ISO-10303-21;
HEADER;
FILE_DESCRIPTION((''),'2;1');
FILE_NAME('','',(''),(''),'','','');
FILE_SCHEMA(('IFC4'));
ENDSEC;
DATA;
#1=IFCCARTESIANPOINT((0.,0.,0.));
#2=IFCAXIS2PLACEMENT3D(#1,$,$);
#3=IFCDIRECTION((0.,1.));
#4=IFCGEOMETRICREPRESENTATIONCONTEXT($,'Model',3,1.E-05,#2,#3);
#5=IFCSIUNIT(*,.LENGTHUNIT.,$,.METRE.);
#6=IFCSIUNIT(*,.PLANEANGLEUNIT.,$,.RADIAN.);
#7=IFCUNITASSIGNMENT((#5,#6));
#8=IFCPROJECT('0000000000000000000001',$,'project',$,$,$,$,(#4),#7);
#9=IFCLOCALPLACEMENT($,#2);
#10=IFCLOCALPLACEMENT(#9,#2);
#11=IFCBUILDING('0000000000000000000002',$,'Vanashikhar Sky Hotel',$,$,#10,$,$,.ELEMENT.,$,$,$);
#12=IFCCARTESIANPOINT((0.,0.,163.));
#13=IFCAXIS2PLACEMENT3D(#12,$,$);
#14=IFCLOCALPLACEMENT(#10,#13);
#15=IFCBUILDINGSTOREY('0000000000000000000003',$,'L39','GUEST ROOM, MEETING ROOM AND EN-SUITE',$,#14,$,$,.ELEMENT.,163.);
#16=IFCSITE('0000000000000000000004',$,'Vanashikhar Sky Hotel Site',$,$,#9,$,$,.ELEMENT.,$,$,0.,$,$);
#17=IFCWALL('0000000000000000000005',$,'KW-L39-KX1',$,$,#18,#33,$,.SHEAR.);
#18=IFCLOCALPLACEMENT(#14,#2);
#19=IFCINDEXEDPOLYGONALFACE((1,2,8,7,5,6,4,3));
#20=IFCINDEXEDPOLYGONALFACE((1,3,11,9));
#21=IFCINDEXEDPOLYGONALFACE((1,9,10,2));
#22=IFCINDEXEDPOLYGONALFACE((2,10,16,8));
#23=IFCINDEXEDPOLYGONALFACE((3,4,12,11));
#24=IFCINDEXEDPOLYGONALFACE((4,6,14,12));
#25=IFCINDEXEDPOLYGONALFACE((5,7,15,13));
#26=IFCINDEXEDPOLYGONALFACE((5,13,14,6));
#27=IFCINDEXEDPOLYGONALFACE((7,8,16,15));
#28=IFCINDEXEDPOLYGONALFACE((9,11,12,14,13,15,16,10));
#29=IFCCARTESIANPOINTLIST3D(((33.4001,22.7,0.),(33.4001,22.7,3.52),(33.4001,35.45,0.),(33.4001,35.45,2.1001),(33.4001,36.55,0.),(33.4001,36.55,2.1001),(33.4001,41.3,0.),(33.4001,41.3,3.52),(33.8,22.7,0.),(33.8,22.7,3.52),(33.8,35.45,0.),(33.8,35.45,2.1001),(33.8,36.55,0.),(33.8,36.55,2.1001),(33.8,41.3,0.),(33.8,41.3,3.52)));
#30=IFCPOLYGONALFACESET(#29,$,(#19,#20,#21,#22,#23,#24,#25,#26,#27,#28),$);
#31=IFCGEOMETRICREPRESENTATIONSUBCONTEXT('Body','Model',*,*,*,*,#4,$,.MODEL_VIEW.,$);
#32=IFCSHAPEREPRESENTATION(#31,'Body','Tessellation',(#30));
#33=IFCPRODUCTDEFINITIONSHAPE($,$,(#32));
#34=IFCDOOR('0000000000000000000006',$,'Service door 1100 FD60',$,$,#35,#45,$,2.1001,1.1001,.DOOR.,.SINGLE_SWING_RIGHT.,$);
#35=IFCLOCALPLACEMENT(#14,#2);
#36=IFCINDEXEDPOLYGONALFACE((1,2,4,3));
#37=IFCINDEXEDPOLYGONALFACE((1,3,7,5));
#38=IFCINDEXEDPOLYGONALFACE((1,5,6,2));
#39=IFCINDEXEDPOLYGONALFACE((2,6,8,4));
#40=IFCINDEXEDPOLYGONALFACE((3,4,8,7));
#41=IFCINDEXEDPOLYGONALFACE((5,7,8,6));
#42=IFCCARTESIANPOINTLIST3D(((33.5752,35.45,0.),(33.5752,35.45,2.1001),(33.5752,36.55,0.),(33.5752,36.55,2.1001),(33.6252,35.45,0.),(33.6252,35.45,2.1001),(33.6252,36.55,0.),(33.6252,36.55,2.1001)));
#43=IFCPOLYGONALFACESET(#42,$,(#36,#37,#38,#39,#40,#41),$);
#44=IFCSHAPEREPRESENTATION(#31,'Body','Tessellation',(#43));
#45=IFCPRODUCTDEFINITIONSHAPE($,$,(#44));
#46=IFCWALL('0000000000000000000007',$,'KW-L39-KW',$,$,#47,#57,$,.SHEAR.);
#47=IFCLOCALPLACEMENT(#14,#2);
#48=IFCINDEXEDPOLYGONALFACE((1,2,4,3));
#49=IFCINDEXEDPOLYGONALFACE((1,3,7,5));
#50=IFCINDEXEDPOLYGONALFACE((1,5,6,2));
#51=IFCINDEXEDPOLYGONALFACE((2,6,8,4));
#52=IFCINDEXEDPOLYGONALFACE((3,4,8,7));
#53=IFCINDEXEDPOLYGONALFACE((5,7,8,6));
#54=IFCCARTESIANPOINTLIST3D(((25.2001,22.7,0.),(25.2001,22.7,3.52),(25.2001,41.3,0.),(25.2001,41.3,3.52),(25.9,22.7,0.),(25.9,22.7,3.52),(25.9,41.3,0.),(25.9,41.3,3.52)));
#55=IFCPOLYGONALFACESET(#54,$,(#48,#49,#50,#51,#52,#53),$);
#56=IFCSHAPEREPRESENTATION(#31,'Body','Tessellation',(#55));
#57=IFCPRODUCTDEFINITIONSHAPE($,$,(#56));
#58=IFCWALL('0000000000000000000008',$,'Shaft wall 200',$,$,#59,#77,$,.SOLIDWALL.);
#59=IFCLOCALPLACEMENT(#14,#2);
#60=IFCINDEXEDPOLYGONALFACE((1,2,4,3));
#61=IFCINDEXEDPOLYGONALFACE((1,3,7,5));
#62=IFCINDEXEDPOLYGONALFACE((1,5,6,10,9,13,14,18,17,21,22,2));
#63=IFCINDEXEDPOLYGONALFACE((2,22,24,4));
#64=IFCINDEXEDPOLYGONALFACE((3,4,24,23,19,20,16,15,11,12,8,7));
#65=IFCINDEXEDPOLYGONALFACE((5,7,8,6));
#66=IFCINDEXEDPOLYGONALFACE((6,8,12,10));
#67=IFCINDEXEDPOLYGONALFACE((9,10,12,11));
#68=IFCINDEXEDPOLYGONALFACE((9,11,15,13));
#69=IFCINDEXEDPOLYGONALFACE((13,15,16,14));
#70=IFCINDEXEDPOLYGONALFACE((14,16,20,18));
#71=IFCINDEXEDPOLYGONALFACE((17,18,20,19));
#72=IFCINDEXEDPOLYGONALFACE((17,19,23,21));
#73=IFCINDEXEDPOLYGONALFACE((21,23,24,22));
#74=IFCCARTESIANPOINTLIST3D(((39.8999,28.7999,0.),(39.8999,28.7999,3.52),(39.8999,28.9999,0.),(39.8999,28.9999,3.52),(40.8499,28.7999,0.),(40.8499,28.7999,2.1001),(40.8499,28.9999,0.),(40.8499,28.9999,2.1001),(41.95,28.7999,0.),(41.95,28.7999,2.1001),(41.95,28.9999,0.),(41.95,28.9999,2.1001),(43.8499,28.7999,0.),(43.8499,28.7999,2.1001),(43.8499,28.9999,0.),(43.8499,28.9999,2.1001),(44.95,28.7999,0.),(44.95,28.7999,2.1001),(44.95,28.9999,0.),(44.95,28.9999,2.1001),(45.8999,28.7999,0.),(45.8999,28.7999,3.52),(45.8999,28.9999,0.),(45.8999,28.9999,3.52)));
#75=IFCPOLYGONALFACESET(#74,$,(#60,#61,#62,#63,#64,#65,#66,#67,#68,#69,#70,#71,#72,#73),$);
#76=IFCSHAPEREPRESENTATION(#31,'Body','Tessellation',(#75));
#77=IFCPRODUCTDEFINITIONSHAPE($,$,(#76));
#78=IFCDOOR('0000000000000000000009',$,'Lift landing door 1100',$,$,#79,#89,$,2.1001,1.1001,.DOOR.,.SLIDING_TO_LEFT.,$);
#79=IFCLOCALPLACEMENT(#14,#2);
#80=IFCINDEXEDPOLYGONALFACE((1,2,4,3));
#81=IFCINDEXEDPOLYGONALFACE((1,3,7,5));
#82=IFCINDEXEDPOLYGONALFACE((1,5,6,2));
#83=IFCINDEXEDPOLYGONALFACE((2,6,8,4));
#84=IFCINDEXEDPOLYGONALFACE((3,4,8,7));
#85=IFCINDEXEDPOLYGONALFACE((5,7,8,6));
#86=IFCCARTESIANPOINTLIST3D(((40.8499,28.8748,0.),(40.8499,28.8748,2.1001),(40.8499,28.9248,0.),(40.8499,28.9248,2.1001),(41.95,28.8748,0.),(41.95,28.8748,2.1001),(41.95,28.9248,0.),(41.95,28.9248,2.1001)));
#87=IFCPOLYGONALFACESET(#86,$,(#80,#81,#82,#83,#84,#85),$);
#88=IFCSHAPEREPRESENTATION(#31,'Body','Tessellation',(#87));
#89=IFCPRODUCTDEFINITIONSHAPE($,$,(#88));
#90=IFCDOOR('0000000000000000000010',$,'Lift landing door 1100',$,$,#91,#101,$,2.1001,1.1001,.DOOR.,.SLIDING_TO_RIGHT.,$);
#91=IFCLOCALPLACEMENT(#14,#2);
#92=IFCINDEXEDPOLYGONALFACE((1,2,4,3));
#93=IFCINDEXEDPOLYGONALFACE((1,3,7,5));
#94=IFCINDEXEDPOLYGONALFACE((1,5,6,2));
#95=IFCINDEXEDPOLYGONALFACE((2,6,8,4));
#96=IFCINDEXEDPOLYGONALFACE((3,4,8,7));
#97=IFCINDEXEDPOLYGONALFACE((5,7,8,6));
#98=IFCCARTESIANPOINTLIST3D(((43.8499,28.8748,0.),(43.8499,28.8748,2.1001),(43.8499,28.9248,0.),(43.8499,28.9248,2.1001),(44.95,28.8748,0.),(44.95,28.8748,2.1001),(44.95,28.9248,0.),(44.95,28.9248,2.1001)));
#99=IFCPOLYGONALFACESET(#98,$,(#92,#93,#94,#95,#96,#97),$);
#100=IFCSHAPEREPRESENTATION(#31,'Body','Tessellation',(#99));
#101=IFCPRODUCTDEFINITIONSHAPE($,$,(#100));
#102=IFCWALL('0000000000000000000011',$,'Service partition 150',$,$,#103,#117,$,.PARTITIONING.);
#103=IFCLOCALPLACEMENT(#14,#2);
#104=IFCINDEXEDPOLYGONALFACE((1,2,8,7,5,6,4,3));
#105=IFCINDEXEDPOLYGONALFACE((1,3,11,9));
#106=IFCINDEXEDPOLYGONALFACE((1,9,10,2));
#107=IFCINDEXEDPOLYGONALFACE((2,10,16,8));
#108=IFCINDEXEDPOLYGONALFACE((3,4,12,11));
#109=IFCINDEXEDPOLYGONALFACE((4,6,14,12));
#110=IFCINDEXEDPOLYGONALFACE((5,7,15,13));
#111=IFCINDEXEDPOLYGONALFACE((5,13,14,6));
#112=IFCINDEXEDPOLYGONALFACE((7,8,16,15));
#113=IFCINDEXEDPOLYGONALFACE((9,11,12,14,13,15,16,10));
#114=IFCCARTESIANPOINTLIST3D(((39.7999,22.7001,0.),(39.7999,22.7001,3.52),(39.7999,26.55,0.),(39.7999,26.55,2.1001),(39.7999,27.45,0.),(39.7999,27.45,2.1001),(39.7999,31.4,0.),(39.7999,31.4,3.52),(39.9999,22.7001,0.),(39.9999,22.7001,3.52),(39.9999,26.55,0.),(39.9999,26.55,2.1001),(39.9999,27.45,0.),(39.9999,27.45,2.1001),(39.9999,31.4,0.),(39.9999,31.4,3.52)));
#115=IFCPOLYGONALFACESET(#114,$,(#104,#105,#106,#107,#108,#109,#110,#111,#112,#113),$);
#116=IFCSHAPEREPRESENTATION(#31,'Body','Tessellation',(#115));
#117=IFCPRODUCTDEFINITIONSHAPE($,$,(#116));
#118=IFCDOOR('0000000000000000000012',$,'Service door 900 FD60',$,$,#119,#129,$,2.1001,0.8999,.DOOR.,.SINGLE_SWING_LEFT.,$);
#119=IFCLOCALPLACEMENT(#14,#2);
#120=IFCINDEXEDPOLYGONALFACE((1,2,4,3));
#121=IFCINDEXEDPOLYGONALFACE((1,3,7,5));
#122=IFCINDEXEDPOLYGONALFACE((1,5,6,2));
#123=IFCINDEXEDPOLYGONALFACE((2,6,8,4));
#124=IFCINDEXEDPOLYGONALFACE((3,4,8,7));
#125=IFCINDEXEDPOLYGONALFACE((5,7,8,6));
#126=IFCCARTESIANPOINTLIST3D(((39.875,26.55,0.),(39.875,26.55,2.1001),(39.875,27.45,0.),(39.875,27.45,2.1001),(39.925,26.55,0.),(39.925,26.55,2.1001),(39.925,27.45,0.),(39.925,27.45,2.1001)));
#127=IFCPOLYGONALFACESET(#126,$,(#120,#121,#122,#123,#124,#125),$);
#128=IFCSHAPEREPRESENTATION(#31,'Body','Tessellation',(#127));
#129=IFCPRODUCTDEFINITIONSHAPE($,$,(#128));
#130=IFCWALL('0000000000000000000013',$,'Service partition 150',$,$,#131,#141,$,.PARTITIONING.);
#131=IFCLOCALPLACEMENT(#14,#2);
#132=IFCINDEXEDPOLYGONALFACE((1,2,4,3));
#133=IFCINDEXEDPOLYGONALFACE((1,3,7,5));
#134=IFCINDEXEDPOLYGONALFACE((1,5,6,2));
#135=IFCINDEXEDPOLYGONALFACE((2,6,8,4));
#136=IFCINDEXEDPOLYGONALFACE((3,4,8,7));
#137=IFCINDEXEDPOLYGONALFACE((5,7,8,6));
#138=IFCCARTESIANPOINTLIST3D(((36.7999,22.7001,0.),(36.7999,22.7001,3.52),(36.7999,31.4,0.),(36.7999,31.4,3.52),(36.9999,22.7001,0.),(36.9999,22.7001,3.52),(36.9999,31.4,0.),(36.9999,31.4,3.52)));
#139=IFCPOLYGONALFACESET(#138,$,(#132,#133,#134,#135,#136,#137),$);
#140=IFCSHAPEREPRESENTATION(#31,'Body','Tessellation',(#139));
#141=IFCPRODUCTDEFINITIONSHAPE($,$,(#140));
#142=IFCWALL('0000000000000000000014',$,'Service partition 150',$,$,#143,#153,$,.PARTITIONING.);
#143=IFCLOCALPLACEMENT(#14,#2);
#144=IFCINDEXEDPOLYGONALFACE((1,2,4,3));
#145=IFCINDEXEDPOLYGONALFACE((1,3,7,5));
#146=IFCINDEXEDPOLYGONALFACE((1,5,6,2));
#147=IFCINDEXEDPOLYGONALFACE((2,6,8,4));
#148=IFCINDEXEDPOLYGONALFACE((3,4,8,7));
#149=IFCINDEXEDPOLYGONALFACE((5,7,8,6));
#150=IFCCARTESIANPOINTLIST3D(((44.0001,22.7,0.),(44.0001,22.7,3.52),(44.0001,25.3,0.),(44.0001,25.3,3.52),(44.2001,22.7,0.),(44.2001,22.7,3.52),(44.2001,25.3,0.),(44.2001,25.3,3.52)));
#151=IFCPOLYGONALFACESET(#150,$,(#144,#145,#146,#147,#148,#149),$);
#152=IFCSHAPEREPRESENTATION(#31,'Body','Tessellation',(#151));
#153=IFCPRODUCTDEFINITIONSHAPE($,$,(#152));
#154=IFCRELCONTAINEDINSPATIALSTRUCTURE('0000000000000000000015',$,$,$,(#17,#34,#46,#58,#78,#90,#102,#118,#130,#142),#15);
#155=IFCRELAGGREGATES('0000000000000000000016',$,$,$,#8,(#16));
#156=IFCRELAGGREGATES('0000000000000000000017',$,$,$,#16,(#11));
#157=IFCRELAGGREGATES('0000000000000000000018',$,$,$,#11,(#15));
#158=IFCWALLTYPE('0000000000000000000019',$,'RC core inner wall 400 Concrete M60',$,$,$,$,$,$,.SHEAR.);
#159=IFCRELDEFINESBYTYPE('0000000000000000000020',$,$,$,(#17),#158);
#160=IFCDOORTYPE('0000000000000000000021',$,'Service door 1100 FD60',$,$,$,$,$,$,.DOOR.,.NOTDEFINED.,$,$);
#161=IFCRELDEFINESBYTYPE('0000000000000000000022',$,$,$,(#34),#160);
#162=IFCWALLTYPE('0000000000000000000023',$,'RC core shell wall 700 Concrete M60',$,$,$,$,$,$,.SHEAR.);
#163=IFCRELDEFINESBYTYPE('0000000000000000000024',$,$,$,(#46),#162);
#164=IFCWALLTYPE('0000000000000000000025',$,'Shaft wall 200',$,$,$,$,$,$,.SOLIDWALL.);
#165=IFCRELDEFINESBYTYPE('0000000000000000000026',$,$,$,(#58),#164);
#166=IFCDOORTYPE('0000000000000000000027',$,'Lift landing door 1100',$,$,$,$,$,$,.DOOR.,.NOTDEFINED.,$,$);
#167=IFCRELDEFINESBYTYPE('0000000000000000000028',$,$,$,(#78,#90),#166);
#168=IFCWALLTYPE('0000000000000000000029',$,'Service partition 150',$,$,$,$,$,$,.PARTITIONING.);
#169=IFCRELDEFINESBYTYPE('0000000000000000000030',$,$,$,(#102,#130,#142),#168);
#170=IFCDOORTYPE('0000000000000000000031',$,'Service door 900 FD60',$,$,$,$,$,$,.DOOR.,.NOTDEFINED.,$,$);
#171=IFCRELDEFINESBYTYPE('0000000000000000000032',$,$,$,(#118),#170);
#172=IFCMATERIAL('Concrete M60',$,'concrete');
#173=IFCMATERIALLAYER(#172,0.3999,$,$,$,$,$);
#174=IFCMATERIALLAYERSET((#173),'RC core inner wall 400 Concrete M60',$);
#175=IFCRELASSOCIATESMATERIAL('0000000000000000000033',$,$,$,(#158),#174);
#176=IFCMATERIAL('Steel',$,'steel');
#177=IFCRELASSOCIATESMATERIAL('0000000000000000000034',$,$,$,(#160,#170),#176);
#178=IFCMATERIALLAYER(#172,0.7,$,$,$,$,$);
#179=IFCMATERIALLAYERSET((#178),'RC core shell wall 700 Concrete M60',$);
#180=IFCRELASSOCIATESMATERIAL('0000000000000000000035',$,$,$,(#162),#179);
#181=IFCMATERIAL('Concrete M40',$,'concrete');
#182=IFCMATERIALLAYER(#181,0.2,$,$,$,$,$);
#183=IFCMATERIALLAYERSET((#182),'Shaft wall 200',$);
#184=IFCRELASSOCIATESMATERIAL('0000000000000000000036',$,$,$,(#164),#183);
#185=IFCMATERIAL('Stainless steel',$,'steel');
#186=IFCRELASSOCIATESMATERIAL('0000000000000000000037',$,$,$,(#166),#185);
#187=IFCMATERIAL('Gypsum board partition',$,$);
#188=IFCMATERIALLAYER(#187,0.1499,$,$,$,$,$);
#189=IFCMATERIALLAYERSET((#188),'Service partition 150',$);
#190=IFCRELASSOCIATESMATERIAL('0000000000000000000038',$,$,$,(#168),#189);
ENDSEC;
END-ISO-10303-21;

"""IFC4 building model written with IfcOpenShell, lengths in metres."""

from ifc_helpers import new_model, si_unit, direction, frame, frame_2d, origin, place, context, subcontext, project, spatial, rectangle, extrude, source, transform, mapped, material, layer, layer_set, type_object, element, fill, save


model = new_model("IFC4")

# Units and contexts
model_context = context("Model", 3, precision=1e-05, world=origin(), true_north=direction((0.0, 1.0)))
body_context = subcontext(model_context, "Body", "Model", "MODEL_VIEW")
ifc_project = project(units=[si_unit("LENGTHUNIT", "METRE"), si_unit("PLANEANGLEUNIT", "RADIAN")], contexts=[model_context])

# Site, building, storey
site_placement = place(None, origin())
site = spatial("IfcSite", under=ifc_project, at=site_placement, Name="Vanashikhar Sky Hotel Site", CompositionType="ELEMENT", RefElevation=0.0)
building_placement = place(site_placement, origin())
building = spatial("IfcBuilding", under=site, at=building_placement, Name="Vanashikhar Sky Hotel", CompositionType="ELEMENT")
storey_placement = place(building_placement, frame((0.0, 0.0, 163.0)))
storey = spatial("IfcBuildingStorey", under=building, at=storey_placement, Name="L39", Description="GUEST ROOM, MEETING ROOM AND EN-SUITE", CompositionType="ELEMENT", Elevation=163.0)

# Wall, opening, door
ifc_material_1 = material(Name="Concrete M60", Category="concrete")
ifc_layer_1 = layer(ifc_material_1, 0.3999)
ifc_layer_set_1 = layer_set([ifc_layer_1], Name="RC core inner wall 400 Concrete M60")
wall_type_1 = type_object("IfcWallType", Name="RC core inner wall 400 Concrete M60", PredefinedType="SHEAR", material=ifc_layer_set_1)
shared_shape_1 = source(origin(), body_context, "Body", "SweptSolid", [
    extrude(rectangle(XDim=18.6001, YDim=0.3999, at=frame_2d((9.3, 0.0))), origin(), (0.0, 0.0, 1.0), 3.52),
])
wall_1_placement = place(storey_placement, frame((33.6001, 22.7, 0.0), z_axis=(0.0, 0.0, 1.0), x_axis=(0.0, 1.0, 0.0)))
wall_1 = element("IfcWall", 1, at=wall_1_placement, inside=storey, type_object=wall_type_1, Name="KW-L39-KX1", PredefinedType="SHEAR", context=body_context, shape_type="MappedRepresentation", body=[
    mapped(shared_shape_1, transform((0.0, 0.0, 0.0), scale=1.0)),
])
shared_shape_2 = source(origin(), body_context, "Body", "SweptSolid", [
    extrude(rectangle(XDim=1.1001, YDim=2.1001, at=frame_2d((0.55, 1.05))), frame((0.0, 0.21, 0.0), z_axis=(0.0, -1.0, 0.0), x_axis=(1.0, 0.0, 0.0)), (0.0, 0.0, 1.0), 0.4199),
])
opening_1_placement = place(wall_1_placement, frame((12.75, 0.0, 0.0)))
opening_1 = element("IfcOpeningElement", 2, at=opening_1_placement, cuts=wall_1, PredefinedType="OPENING", context=body_context, shape_type="MappedRepresentation", body=[
    mapped(shared_shape_2, transform((0.0, 0.0, 0.0), scale=1.0)),
])
ifc_material_2 = material(Name="Steel", Category="steel")
door_type_1 = type_object("IfcDoorType", Name="Service door 1100 FD60", OperationType="NOTDEFINED", PredefinedType="DOOR", material=ifc_material_2)
shared_shape_3 = source(origin(), body_context, "Body", "SweptSolid", [
    extrude(rectangle(XDim=1.1001, YDim=2.1001, at=frame_2d((0.55, 1.05))), frame((0.0, 0.0249, 0.0), z_axis=(0.0, -1.0, 0.0), x_axis=(1.0, 0.0, 0.0)), (0.0, 0.0, 1.0), 0.05),
])
door_1_placement = place(opening_1_placement, origin())
door_1 = element("IfcDoor", 3, at=door_1_placement, inside=storey, type_object=door_type_1, Name="Service door 1100 FD60", OperationType="SINGLE_SWING_RIGHT", OverallHeight=2.1001, OverallWidth=1.1001, PredefinedType="DOOR", context=body_context, shape_type="MappedRepresentation", body=[
    mapped(shared_shape_3, transform((0.0, 0.0, 0.0), scale=1.0)),
])
fill(opening_1, door_1)

# Wall
ifc_layer_2 = layer(ifc_material_1, 0.7)
ifc_layer_set_2 = layer_set([ifc_layer_2], Name="RC core shell wall 700 Concrete M60")
wall_type_2 = type_object("IfcWallType", Name="RC core shell wall 700 Concrete M60", PredefinedType="SHEAR", material=ifc_layer_set_2)
shared_shape_4 = source(origin(), body_context, "Body", "SweptSolid", [
    extrude(rectangle(XDim=18.6001, YDim=0.7, at=frame_2d((9.3, 0.0))), origin(), (0.0, 0.0, 1.0), 3.52),
])
wall_2_placement = place(storey_placement, frame((25.55, 22.7, 0.0), z_axis=(0.0, 0.0, 1.0), x_axis=(0.0, 1.0, 0.0)))
element("IfcWall", 4, at=wall_2_placement, inside=storey, type_object=wall_type_2, Name="KW-L39-KW", PredefinedType="SHEAR", context=body_context, shape_type="MappedRepresentation", body=[
    mapped(shared_shape_4, transform((0.0, 0.0, 0.0), scale=1.0)),
])

# Wall, openings, doors
ifc_material_3 = material(Name="Concrete M40", Category="concrete")
ifc_layer_3 = layer(ifc_material_3, 0.2)
ifc_layer_set_3 = layer_set([ifc_layer_3], Name="Shaft wall 200")
wall_type_3 = type_object("IfcWallType", Name="Shaft wall 200", PredefinedType="SOLIDWALL", material=ifc_layer_set_3)
shared_shape_5 = source(origin(), body_context, "Body", "SweptSolid", [
    extrude(rectangle(XDim=6.0, YDim=0.2, at=frame_2d((3.0, 0.0))), origin(), (0.0, 0.0, 1.0), 3.52),
])
wall_3_placement = place(storey_placement, frame((39.8999, 28.8999, 0.0), z_axis=(0.0, 0.0, 1.0), x_axis=(1.0, 0.0, 0.0)))
wall_3 = element("IfcWall", 5, at=wall_3_placement, inside=storey, type_object=wall_type_3, Name="Shaft wall 200", PredefinedType="SOLIDWALL", context=body_context, shape_type="MappedRepresentation", body=[
    mapped(shared_shape_5, transform((0.0, 0.0, 0.0), scale=1.0)),
])
shared_shape_6 = source(origin(), body_context, "Body", "SweptSolid", [
    extrude(rectangle(XDim=1.1001, YDim=2.1001, at=frame_2d((0.55, 1.05))), frame((0.0, 0.1099, 0.0), z_axis=(0.0, -1.0, 0.0), x_axis=(1.0, 0.0, 0.0)), (0.0, 0.0, 1.0), 0.22),
])
opening_2_placement = place(wall_3_placement, frame((0.95, 0.0, 0.0)))
opening_2 = element("IfcOpeningElement", 6, at=opening_2_placement, cuts=wall_3, PredefinedType="OPENING", context=body_context, shape_type="MappedRepresentation", body=[
    mapped(shared_shape_6, transform((0.0, 0.0, 0.0), scale=1.0)),
])
opening_3_placement = place(wall_3_placement, frame((3.95, 0.0, 0.0)))
opening_3 = element("IfcOpeningElement", 7, at=opening_3_placement, cuts=wall_3, PredefinedType="OPENING", context=body_context, shape_type="MappedRepresentation", body=[
    mapped(shared_shape_6, transform((0.0, 0.0, 0.0), scale=1.0)),
])
ifc_material_4 = material(Name="Stainless steel", Category="steel")
door_type_2 = type_object("IfcDoorType", Name="Lift landing door 1100", OperationType="NOTDEFINED", PredefinedType="DOOR", material=ifc_material_4)
door_2_placement = place(opening_2_placement, origin())
door_2 = element("IfcDoor", 8, at=door_2_placement, inside=storey, type_object=door_type_2, Name="Lift landing door 1100", OperationType="SLIDING_TO_LEFT", OverallHeight=2.1001, OverallWidth=1.1001, PredefinedType="DOOR", context=body_context, shape_type="MappedRepresentation", body=[
    mapped(shared_shape_3, transform((0.0, 0.0, 0.0), scale=1.0)),
])
fill(opening_2, door_2)
door_3_placement = place(opening_3_placement, origin())
door_3 = element("IfcDoor", 9, at=door_3_placement, inside=storey, type_object=door_type_2, Name="Lift landing door 1100", OperationType="SLIDING_TO_RIGHT", OverallHeight=2.1001, OverallWidth=1.1001, PredefinedType="DOOR", context=body_context, shape_type="MappedRepresentation", body=[
    mapped(shared_shape_3, transform((0.0, 0.0, 0.0), scale=1.0)),
])
fill(opening_3, door_3)

# Wall, opening, door
ifc_material_5 = material(Name="Gypsum board partition")
ifc_layer_4 = layer(ifc_material_5, 0.1499)
ifc_layer_set_4 = layer_set([ifc_layer_4], Name="Service partition 150")
wall_type_4 = type_object("IfcWallType", Name="Service partition 150", PredefinedType="PARTITIONING", material=ifc_layer_set_4)
shared_shape_7 = source(origin(), body_context, "Body", "SweptSolid", [
    extrude(rectangle(XDim=8.7, YDim=0.2, at=frame_2d((4.3501, 0.0))), origin(), (0.0, 0.0, 1.0), 3.52),
])
wall_4_placement = place(storey_placement, frame((39.8999, 22.7, 0.0), z_axis=(0.0, 0.0, 1.0), x_axis=(0.0, 1.0, 0.0)))
wall_4 = element("IfcWall", 10, at=wall_4_placement, inside=storey, type_object=wall_type_4, Name="Service partition 150", PredefinedType="PARTITIONING", context=body_context, shape_type="MappedRepresentation", body=[
    mapped(shared_shape_7, transform((0.0, 0.0, 0.0), scale=1.0)),
])
shared_shape_8 = source(origin(), body_context, "Body", "SweptSolid", [
    extrude(rectangle(XDim=0.8999, YDim=2.1001, at=frame_2d((0.45, 1.05))), frame((0.0, 0.1099, 0.0), z_axis=(0.0, -1.0, 0.0), x_axis=(1.0, 0.0, 0.0)), (0.0, 0.0, 1.0), 0.22),
])
opening_4_placement = place(wall_4_placement, frame((3.8501, 0.0, 0.0)))
opening_4 = element("IfcOpeningElement", 11, at=opening_4_placement, cuts=wall_4, PredefinedType="OPENING", context=body_context, shape_type="MappedRepresentation", body=[
    mapped(shared_shape_8, transform((0.0, 0.0, 0.0), scale=1.0)),
])
door_type_3 = type_object("IfcDoorType", Name="Service door 900 FD60", OperationType="NOTDEFINED", PredefinedType="DOOR", material=ifc_material_2)
shared_shape_9 = source(origin(), body_context, "Body", "SweptSolid", [
    extrude(rectangle(XDim=0.8999, YDim=2.1001, at=frame_2d((0.45, 1.05))), frame((0.0, 0.0249, 0.0), z_axis=(0.0, -1.0, 0.0), x_axis=(1.0, 0.0, 0.0)), (0.0, 0.0, 1.0), 0.05),
])
door_4_placement = place(opening_4_placement, origin())
door_4 = element("IfcDoor", 12, at=door_4_placement, inside=storey, type_object=door_type_3, Name="Service door 900 FD60", OperationType="SINGLE_SWING_LEFT", OverallHeight=2.1001, OverallWidth=0.8999, PredefinedType="DOOR", context=body_context, shape_type="MappedRepresentation", body=[
    mapped(shared_shape_9, transform((0.0, 0.0, 0.0), scale=1.0)),
])
fill(opening_4, door_4)

# Walls
wall_5_placement = place(storey_placement, frame((36.8999, 22.7, 0.0), z_axis=(0.0, 0.0, 1.0), x_axis=(0.0, 1.0, 0.0)))
element("IfcWall", 13, at=wall_5_placement, inside=storey, type_object=wall_type_4, Name="Service partition 150", PredefinedType="PARTITIONING", context=body_context, shape_type="MappedRepresentation", body=[
    mapped(shared_shape_7, transform((0.0, 0.0, 0.0), scale=1.0)),
])
shared_shape_10 = source(origin(), body_context, "Body", "SweptSolid", [
    extrude(rectangle(XDim=2.6001, YDim=0.2, at=frame_2d((1.3, 0.0))), origin(), (0.0, 0.0, 1.0), 3.52),
])
wall_6_placement = place(storey_placement, frame((44.1001, 22.7, 0.0), z_axis=(0.0, 0.0, 1.0), x_axis=(0.0, 1.0, 0.0)))
element("IfcWall", 14, at=wall_6_placement, inside=storey, type_object=wall_type_4, Name="Service partition 150", PredefinedType="PARTITIONING", context=body_context, shape_type="MappedRepresentation", body=[
    mapped(shared_shape_10, transform((0.0, 0.0, 0.0), scale=1.0)),
])

save(model, "model.ifc")
